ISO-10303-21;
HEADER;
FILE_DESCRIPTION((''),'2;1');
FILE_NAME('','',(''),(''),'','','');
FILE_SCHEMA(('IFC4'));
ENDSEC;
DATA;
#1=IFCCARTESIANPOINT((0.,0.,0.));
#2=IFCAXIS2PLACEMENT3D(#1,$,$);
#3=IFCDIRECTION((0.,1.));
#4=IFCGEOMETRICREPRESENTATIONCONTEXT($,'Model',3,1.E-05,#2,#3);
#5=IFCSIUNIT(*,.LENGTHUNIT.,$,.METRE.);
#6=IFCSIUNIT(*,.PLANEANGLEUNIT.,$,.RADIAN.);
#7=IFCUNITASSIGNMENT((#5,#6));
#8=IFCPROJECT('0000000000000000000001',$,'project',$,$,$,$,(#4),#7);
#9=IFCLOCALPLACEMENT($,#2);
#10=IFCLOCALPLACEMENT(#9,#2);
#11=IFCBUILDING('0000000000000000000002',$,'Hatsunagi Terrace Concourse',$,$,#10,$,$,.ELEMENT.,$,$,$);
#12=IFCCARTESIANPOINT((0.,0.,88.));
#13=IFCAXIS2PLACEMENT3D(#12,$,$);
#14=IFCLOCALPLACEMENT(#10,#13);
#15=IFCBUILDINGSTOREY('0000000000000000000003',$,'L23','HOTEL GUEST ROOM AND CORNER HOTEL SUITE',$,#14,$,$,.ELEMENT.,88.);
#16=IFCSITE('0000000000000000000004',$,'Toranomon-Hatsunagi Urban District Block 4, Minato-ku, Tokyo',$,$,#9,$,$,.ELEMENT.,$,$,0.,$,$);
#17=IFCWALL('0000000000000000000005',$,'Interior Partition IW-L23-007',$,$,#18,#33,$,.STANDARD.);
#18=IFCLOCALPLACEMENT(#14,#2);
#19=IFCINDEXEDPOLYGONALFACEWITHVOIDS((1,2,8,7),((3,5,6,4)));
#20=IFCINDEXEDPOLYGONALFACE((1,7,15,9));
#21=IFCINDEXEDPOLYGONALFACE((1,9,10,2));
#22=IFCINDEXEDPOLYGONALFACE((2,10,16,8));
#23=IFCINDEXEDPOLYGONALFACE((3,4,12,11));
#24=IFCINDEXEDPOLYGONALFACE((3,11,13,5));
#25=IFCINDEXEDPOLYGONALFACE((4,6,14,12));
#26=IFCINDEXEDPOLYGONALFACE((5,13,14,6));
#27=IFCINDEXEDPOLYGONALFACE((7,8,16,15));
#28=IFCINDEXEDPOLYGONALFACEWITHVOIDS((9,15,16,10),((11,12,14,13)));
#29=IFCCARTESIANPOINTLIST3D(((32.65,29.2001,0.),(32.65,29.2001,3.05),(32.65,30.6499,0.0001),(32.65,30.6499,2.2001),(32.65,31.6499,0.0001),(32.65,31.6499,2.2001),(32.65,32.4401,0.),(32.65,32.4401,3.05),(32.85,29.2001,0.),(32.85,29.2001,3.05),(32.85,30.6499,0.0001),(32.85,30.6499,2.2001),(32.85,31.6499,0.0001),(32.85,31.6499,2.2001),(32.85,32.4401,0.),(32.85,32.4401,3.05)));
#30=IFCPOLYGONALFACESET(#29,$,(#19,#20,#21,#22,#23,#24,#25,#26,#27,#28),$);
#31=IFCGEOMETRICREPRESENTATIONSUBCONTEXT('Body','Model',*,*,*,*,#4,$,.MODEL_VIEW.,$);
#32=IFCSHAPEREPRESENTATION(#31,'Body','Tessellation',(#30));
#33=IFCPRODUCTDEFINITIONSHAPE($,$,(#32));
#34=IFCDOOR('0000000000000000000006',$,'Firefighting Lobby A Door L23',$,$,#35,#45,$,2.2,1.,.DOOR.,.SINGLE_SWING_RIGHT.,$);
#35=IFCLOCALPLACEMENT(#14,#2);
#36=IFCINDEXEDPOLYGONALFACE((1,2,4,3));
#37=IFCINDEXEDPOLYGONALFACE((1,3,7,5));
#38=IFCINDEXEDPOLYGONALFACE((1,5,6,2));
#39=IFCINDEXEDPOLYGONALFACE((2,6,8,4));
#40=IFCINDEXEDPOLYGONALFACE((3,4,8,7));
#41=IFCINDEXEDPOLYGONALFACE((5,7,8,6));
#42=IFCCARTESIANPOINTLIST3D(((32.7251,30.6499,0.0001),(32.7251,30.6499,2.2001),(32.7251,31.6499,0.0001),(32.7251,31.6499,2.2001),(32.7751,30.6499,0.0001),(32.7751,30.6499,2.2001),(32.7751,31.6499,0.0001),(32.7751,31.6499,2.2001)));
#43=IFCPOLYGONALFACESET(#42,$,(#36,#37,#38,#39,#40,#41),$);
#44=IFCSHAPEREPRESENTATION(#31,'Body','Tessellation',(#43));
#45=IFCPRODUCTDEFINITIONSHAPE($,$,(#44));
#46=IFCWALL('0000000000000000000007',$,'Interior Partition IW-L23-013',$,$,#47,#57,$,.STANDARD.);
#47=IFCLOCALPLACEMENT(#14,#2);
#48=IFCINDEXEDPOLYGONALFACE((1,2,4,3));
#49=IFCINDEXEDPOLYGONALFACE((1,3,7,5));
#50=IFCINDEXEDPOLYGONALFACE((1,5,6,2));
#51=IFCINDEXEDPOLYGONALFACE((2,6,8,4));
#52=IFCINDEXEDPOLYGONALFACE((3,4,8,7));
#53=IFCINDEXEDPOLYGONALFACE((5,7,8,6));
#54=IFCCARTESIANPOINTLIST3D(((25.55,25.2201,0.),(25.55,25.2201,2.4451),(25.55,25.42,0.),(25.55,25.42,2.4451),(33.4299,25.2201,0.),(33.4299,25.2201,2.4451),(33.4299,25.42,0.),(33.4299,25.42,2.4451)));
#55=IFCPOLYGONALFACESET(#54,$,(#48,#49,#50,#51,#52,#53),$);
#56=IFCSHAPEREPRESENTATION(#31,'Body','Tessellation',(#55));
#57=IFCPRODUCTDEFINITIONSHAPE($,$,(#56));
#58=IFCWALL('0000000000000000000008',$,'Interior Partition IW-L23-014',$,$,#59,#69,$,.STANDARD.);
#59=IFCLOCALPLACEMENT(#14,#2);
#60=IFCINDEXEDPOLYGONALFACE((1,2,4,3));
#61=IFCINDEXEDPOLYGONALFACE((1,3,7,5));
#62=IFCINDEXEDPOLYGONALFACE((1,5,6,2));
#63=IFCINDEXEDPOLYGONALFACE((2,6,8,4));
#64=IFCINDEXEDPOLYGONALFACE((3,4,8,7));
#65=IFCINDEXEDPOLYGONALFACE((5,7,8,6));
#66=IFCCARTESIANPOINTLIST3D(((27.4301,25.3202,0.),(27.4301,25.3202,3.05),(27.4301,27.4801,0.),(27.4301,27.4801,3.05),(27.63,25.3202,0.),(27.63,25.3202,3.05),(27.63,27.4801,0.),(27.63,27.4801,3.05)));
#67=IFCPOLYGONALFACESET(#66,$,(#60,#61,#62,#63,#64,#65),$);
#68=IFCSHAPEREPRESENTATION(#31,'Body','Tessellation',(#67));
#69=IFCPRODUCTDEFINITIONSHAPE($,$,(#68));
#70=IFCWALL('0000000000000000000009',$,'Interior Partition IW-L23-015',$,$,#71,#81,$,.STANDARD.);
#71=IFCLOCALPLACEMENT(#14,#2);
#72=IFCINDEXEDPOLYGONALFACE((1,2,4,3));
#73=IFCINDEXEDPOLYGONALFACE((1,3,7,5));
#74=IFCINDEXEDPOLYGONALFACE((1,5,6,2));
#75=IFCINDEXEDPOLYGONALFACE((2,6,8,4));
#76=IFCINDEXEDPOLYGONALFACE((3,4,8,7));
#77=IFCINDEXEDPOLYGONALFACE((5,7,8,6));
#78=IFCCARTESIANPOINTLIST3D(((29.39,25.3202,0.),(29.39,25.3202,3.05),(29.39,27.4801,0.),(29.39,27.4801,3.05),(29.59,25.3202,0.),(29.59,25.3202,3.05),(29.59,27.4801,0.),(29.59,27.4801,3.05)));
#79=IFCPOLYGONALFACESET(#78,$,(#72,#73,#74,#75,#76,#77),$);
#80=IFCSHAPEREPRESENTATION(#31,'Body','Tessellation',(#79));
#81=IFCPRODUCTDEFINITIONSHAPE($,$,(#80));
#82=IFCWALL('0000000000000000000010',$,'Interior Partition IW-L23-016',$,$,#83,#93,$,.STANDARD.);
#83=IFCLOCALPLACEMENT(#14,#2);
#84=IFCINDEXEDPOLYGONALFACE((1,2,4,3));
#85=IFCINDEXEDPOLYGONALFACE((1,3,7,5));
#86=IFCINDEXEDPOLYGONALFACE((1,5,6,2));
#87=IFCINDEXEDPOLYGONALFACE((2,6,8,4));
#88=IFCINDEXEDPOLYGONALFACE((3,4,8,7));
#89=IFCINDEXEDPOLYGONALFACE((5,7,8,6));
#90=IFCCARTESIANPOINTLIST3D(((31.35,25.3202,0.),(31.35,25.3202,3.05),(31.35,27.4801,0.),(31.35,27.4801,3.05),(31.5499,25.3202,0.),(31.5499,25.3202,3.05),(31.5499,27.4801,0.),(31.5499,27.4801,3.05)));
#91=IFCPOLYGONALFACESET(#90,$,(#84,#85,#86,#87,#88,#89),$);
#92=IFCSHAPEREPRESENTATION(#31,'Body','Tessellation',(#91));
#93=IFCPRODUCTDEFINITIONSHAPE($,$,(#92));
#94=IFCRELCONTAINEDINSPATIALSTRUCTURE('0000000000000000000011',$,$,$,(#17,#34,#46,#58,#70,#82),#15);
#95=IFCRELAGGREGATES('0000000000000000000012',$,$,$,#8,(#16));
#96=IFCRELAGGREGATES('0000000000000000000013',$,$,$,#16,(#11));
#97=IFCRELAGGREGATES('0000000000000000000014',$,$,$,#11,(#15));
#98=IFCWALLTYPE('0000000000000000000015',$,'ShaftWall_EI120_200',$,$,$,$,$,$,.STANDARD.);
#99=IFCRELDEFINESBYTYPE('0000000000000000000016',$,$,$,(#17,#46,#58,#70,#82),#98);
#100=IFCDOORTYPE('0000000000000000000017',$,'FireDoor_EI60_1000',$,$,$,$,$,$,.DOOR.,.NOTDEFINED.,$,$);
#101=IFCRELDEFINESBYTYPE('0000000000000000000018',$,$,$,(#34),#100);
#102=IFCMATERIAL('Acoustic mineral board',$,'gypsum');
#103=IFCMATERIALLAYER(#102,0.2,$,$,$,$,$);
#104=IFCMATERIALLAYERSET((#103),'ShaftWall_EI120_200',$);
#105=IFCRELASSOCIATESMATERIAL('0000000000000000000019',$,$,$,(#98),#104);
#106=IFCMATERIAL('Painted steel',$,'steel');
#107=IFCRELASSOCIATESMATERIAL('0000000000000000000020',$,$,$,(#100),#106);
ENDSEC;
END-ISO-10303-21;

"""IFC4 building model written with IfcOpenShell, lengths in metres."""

from ifc_helpers import new_model, si_unit, direction, frame, frame_2d, origin, place, context, subcontext, project, spatial, rectangle, extrude, material, layer, layer_set, type_object, element, fill, save


model = new_model("IFC4")

# Units and contexts
model_context = context("Model", 3, precision=1e-05, world=origin(), true_north=direction((0.0, 1.0)))
body_context = subcontext(model_context, "Body", "Model", "MODEL_VIEW")
ifc_project = project(units=[si_unit("LENGTHUNIT", "METRE"), si_unit("PLANEANGLEUNIT", "RADIAN")], contexts=[model_context])

# Site, building, storey
site_placement = place(None, origin())
site = spatial("IfcSite", under=ifc_project, at=site_placement, Name="Toranomon-Hatsunagi Urban District Block 4, Minato-ku, Tokyo", CompositionType="ELEMENT", RefElevation=0.0)
building_placement = place(site_placement, origin())
building = spatial("IfcBuilding", under=site, at=building_placement, Name="Hatsunagi Terrace Concourse", CompositionType="ELEMENT")
storey_placement = place(building_placement, frame((0.0, 0.0, 88.0)))
storey = spatial("IfcBuildingStorey", under=building, at=storey_placement, Name="L23", Description="HOTEL GUEST ROOM AND CORNER HOTEL SUITE", CompositionType="ELEMENT", Elevation=88.0)

# Shared definitions
ifc_material_1 = material(Name="Acoustic mineral board", Category="gypsum")
ifc_layer_1 = layer(ifc_material_1, 0.2)
ifc_layer_set_1 = layer_set([ifc_layer_1], Name="ShaftWall_EI120_200")
wall_type_1 = type_object("IfcWallType", Name="ShaftWall_EI120_200", PredefinedType="STANDARD", material=ifc_layer_set_1)

# Wall, opening, door
wall_1_placement = place(storey_placement, frame((32.75, 29.2, 0.0), z_axis=(0.0, 0.0, 1.0), x_axis=(0.0, 1.0, 0.0)))
wall_1 = element("IfcWall", 1, at=wall_1_placement, inside=storey, type_object=wall_type_1, Name="Interior Partition IW-L23-007", PredefinedType="STANDARD", context=body_context, shape_type="SweptSolid", body=[
    extrude(rectangle(XDim=3.24, YDim=0.2, at=frame_2d((1.6201, 0.0))), origin(), (0.0, 0.0, 1.0), 3.05),
])
opening_1_placement = place(wall_1_placement, frame((1.45, 0.0, 0.0)))
opening_1 = element("IfcOpeningElement", 2, at=opening_1_placement, cuts=wall_1, PredefinedType="OPENING", context=body_context, shape_type="SweptSolid", body=[
    extrude(rectangle(XDim=1.0, YDim=2.2, at=frame_2d((0.5, 1.1001))), frame((0.0, 0.1099, 0.0), z_axis=(0.0, -1.0, 0.0), x_axis=(1.0, 0.0, 0.0)), (0.0, 0.0, 1.0), 0.22),
])
ifc_material_2 = material(Name="Painted steel", Category="steel")
door_type_1 = type_object("IfcDoorType", Name="FireDoor_EI60_1000", OperationType="NOTDEFINED", PredefinedType="DOOR", material=ifc_material_2)
door_1_placement = place(opening_1_placement, origin())
door_1 = element("IfcDoor", 3, at=door_1_placement, inside=storey, type_object=door_type_1, Name="Firefighting Lobby A Door L23", OperationType="SINGLE_SWING_RIGHT", OverallHeight=2.2, OverallWidth=1.0, PredefinedType="DOOR", context=body_context, shape_type="SweptSolid", body=[
    extrude(rectangle(XDim=1.0, YDim=2.2, at=frame_2d((0.5, 1.1001))), frame((0.0, 0.0249, 0.0), z_axis=(0.0, -1.0, 0.0), x_axis=(1.0, 0.0, 0.0)), (0.0, 0.0, 1.0), 0.05),
])
fill(opening_1, door_1)

# Walls
wall_2_placement = place(storey_placement, frame((25.55, 25.3201, 0.0), z_axis=(0.0, 0.0, 1.0), x_axis=(1.0, 0.0, 0.0)))
element("IfcWall", 4, at=wall_2_placement, inside=storey, type_object=wall_type_1, Name="Interior Partition IW-L23-013", PredefinedType="STANDARD", context=body_context, shape_type="SweptSolid", body=[
    extrude(rectangle(XDim=7.8799, YDim=0.2, at=frame_2d((3.9399, 0.0))), origin(), (0.0, 0.0, 1.0), 2.4451),
])
for number, where, z_axis, x_axis, name in (
    (5, (27.53, 25.3201, 0.0), (0.0, 0.0, 1.0), (0.0, 1.0, 0.0), "Interior Partition IW-L23-014"),
    (6, (29.49, 25.3201, 0.0), (0.0, 0.0, 1.0), (0.0, 1.0, 0.0), "Interior Partition IW-L23-015"),
    (7, (31.45, 25.3201, 0.0), (0.0, 0.0, 1.0), (0.0, 1.0, 0.0), "Interior Partition IW-L23-016"),
):
    element("IfcWall", number, at=place(storey_placement, frame(where, z_axis=z_axis, x_axis=x_axis)), inside=storey, type_object=wall_type_1, Name=name, PredefinedType="STANDARD", context=body_context, shape_type="SweptSolid", body=[
        extrude(rectangle(XDim=2.1599, YDim=0.2, at=frame_2d((1.0801, 0.0))), origin(), (0.0, 0.0, 1.0), 3.05),
    ])

save(model, "model.ifc")
